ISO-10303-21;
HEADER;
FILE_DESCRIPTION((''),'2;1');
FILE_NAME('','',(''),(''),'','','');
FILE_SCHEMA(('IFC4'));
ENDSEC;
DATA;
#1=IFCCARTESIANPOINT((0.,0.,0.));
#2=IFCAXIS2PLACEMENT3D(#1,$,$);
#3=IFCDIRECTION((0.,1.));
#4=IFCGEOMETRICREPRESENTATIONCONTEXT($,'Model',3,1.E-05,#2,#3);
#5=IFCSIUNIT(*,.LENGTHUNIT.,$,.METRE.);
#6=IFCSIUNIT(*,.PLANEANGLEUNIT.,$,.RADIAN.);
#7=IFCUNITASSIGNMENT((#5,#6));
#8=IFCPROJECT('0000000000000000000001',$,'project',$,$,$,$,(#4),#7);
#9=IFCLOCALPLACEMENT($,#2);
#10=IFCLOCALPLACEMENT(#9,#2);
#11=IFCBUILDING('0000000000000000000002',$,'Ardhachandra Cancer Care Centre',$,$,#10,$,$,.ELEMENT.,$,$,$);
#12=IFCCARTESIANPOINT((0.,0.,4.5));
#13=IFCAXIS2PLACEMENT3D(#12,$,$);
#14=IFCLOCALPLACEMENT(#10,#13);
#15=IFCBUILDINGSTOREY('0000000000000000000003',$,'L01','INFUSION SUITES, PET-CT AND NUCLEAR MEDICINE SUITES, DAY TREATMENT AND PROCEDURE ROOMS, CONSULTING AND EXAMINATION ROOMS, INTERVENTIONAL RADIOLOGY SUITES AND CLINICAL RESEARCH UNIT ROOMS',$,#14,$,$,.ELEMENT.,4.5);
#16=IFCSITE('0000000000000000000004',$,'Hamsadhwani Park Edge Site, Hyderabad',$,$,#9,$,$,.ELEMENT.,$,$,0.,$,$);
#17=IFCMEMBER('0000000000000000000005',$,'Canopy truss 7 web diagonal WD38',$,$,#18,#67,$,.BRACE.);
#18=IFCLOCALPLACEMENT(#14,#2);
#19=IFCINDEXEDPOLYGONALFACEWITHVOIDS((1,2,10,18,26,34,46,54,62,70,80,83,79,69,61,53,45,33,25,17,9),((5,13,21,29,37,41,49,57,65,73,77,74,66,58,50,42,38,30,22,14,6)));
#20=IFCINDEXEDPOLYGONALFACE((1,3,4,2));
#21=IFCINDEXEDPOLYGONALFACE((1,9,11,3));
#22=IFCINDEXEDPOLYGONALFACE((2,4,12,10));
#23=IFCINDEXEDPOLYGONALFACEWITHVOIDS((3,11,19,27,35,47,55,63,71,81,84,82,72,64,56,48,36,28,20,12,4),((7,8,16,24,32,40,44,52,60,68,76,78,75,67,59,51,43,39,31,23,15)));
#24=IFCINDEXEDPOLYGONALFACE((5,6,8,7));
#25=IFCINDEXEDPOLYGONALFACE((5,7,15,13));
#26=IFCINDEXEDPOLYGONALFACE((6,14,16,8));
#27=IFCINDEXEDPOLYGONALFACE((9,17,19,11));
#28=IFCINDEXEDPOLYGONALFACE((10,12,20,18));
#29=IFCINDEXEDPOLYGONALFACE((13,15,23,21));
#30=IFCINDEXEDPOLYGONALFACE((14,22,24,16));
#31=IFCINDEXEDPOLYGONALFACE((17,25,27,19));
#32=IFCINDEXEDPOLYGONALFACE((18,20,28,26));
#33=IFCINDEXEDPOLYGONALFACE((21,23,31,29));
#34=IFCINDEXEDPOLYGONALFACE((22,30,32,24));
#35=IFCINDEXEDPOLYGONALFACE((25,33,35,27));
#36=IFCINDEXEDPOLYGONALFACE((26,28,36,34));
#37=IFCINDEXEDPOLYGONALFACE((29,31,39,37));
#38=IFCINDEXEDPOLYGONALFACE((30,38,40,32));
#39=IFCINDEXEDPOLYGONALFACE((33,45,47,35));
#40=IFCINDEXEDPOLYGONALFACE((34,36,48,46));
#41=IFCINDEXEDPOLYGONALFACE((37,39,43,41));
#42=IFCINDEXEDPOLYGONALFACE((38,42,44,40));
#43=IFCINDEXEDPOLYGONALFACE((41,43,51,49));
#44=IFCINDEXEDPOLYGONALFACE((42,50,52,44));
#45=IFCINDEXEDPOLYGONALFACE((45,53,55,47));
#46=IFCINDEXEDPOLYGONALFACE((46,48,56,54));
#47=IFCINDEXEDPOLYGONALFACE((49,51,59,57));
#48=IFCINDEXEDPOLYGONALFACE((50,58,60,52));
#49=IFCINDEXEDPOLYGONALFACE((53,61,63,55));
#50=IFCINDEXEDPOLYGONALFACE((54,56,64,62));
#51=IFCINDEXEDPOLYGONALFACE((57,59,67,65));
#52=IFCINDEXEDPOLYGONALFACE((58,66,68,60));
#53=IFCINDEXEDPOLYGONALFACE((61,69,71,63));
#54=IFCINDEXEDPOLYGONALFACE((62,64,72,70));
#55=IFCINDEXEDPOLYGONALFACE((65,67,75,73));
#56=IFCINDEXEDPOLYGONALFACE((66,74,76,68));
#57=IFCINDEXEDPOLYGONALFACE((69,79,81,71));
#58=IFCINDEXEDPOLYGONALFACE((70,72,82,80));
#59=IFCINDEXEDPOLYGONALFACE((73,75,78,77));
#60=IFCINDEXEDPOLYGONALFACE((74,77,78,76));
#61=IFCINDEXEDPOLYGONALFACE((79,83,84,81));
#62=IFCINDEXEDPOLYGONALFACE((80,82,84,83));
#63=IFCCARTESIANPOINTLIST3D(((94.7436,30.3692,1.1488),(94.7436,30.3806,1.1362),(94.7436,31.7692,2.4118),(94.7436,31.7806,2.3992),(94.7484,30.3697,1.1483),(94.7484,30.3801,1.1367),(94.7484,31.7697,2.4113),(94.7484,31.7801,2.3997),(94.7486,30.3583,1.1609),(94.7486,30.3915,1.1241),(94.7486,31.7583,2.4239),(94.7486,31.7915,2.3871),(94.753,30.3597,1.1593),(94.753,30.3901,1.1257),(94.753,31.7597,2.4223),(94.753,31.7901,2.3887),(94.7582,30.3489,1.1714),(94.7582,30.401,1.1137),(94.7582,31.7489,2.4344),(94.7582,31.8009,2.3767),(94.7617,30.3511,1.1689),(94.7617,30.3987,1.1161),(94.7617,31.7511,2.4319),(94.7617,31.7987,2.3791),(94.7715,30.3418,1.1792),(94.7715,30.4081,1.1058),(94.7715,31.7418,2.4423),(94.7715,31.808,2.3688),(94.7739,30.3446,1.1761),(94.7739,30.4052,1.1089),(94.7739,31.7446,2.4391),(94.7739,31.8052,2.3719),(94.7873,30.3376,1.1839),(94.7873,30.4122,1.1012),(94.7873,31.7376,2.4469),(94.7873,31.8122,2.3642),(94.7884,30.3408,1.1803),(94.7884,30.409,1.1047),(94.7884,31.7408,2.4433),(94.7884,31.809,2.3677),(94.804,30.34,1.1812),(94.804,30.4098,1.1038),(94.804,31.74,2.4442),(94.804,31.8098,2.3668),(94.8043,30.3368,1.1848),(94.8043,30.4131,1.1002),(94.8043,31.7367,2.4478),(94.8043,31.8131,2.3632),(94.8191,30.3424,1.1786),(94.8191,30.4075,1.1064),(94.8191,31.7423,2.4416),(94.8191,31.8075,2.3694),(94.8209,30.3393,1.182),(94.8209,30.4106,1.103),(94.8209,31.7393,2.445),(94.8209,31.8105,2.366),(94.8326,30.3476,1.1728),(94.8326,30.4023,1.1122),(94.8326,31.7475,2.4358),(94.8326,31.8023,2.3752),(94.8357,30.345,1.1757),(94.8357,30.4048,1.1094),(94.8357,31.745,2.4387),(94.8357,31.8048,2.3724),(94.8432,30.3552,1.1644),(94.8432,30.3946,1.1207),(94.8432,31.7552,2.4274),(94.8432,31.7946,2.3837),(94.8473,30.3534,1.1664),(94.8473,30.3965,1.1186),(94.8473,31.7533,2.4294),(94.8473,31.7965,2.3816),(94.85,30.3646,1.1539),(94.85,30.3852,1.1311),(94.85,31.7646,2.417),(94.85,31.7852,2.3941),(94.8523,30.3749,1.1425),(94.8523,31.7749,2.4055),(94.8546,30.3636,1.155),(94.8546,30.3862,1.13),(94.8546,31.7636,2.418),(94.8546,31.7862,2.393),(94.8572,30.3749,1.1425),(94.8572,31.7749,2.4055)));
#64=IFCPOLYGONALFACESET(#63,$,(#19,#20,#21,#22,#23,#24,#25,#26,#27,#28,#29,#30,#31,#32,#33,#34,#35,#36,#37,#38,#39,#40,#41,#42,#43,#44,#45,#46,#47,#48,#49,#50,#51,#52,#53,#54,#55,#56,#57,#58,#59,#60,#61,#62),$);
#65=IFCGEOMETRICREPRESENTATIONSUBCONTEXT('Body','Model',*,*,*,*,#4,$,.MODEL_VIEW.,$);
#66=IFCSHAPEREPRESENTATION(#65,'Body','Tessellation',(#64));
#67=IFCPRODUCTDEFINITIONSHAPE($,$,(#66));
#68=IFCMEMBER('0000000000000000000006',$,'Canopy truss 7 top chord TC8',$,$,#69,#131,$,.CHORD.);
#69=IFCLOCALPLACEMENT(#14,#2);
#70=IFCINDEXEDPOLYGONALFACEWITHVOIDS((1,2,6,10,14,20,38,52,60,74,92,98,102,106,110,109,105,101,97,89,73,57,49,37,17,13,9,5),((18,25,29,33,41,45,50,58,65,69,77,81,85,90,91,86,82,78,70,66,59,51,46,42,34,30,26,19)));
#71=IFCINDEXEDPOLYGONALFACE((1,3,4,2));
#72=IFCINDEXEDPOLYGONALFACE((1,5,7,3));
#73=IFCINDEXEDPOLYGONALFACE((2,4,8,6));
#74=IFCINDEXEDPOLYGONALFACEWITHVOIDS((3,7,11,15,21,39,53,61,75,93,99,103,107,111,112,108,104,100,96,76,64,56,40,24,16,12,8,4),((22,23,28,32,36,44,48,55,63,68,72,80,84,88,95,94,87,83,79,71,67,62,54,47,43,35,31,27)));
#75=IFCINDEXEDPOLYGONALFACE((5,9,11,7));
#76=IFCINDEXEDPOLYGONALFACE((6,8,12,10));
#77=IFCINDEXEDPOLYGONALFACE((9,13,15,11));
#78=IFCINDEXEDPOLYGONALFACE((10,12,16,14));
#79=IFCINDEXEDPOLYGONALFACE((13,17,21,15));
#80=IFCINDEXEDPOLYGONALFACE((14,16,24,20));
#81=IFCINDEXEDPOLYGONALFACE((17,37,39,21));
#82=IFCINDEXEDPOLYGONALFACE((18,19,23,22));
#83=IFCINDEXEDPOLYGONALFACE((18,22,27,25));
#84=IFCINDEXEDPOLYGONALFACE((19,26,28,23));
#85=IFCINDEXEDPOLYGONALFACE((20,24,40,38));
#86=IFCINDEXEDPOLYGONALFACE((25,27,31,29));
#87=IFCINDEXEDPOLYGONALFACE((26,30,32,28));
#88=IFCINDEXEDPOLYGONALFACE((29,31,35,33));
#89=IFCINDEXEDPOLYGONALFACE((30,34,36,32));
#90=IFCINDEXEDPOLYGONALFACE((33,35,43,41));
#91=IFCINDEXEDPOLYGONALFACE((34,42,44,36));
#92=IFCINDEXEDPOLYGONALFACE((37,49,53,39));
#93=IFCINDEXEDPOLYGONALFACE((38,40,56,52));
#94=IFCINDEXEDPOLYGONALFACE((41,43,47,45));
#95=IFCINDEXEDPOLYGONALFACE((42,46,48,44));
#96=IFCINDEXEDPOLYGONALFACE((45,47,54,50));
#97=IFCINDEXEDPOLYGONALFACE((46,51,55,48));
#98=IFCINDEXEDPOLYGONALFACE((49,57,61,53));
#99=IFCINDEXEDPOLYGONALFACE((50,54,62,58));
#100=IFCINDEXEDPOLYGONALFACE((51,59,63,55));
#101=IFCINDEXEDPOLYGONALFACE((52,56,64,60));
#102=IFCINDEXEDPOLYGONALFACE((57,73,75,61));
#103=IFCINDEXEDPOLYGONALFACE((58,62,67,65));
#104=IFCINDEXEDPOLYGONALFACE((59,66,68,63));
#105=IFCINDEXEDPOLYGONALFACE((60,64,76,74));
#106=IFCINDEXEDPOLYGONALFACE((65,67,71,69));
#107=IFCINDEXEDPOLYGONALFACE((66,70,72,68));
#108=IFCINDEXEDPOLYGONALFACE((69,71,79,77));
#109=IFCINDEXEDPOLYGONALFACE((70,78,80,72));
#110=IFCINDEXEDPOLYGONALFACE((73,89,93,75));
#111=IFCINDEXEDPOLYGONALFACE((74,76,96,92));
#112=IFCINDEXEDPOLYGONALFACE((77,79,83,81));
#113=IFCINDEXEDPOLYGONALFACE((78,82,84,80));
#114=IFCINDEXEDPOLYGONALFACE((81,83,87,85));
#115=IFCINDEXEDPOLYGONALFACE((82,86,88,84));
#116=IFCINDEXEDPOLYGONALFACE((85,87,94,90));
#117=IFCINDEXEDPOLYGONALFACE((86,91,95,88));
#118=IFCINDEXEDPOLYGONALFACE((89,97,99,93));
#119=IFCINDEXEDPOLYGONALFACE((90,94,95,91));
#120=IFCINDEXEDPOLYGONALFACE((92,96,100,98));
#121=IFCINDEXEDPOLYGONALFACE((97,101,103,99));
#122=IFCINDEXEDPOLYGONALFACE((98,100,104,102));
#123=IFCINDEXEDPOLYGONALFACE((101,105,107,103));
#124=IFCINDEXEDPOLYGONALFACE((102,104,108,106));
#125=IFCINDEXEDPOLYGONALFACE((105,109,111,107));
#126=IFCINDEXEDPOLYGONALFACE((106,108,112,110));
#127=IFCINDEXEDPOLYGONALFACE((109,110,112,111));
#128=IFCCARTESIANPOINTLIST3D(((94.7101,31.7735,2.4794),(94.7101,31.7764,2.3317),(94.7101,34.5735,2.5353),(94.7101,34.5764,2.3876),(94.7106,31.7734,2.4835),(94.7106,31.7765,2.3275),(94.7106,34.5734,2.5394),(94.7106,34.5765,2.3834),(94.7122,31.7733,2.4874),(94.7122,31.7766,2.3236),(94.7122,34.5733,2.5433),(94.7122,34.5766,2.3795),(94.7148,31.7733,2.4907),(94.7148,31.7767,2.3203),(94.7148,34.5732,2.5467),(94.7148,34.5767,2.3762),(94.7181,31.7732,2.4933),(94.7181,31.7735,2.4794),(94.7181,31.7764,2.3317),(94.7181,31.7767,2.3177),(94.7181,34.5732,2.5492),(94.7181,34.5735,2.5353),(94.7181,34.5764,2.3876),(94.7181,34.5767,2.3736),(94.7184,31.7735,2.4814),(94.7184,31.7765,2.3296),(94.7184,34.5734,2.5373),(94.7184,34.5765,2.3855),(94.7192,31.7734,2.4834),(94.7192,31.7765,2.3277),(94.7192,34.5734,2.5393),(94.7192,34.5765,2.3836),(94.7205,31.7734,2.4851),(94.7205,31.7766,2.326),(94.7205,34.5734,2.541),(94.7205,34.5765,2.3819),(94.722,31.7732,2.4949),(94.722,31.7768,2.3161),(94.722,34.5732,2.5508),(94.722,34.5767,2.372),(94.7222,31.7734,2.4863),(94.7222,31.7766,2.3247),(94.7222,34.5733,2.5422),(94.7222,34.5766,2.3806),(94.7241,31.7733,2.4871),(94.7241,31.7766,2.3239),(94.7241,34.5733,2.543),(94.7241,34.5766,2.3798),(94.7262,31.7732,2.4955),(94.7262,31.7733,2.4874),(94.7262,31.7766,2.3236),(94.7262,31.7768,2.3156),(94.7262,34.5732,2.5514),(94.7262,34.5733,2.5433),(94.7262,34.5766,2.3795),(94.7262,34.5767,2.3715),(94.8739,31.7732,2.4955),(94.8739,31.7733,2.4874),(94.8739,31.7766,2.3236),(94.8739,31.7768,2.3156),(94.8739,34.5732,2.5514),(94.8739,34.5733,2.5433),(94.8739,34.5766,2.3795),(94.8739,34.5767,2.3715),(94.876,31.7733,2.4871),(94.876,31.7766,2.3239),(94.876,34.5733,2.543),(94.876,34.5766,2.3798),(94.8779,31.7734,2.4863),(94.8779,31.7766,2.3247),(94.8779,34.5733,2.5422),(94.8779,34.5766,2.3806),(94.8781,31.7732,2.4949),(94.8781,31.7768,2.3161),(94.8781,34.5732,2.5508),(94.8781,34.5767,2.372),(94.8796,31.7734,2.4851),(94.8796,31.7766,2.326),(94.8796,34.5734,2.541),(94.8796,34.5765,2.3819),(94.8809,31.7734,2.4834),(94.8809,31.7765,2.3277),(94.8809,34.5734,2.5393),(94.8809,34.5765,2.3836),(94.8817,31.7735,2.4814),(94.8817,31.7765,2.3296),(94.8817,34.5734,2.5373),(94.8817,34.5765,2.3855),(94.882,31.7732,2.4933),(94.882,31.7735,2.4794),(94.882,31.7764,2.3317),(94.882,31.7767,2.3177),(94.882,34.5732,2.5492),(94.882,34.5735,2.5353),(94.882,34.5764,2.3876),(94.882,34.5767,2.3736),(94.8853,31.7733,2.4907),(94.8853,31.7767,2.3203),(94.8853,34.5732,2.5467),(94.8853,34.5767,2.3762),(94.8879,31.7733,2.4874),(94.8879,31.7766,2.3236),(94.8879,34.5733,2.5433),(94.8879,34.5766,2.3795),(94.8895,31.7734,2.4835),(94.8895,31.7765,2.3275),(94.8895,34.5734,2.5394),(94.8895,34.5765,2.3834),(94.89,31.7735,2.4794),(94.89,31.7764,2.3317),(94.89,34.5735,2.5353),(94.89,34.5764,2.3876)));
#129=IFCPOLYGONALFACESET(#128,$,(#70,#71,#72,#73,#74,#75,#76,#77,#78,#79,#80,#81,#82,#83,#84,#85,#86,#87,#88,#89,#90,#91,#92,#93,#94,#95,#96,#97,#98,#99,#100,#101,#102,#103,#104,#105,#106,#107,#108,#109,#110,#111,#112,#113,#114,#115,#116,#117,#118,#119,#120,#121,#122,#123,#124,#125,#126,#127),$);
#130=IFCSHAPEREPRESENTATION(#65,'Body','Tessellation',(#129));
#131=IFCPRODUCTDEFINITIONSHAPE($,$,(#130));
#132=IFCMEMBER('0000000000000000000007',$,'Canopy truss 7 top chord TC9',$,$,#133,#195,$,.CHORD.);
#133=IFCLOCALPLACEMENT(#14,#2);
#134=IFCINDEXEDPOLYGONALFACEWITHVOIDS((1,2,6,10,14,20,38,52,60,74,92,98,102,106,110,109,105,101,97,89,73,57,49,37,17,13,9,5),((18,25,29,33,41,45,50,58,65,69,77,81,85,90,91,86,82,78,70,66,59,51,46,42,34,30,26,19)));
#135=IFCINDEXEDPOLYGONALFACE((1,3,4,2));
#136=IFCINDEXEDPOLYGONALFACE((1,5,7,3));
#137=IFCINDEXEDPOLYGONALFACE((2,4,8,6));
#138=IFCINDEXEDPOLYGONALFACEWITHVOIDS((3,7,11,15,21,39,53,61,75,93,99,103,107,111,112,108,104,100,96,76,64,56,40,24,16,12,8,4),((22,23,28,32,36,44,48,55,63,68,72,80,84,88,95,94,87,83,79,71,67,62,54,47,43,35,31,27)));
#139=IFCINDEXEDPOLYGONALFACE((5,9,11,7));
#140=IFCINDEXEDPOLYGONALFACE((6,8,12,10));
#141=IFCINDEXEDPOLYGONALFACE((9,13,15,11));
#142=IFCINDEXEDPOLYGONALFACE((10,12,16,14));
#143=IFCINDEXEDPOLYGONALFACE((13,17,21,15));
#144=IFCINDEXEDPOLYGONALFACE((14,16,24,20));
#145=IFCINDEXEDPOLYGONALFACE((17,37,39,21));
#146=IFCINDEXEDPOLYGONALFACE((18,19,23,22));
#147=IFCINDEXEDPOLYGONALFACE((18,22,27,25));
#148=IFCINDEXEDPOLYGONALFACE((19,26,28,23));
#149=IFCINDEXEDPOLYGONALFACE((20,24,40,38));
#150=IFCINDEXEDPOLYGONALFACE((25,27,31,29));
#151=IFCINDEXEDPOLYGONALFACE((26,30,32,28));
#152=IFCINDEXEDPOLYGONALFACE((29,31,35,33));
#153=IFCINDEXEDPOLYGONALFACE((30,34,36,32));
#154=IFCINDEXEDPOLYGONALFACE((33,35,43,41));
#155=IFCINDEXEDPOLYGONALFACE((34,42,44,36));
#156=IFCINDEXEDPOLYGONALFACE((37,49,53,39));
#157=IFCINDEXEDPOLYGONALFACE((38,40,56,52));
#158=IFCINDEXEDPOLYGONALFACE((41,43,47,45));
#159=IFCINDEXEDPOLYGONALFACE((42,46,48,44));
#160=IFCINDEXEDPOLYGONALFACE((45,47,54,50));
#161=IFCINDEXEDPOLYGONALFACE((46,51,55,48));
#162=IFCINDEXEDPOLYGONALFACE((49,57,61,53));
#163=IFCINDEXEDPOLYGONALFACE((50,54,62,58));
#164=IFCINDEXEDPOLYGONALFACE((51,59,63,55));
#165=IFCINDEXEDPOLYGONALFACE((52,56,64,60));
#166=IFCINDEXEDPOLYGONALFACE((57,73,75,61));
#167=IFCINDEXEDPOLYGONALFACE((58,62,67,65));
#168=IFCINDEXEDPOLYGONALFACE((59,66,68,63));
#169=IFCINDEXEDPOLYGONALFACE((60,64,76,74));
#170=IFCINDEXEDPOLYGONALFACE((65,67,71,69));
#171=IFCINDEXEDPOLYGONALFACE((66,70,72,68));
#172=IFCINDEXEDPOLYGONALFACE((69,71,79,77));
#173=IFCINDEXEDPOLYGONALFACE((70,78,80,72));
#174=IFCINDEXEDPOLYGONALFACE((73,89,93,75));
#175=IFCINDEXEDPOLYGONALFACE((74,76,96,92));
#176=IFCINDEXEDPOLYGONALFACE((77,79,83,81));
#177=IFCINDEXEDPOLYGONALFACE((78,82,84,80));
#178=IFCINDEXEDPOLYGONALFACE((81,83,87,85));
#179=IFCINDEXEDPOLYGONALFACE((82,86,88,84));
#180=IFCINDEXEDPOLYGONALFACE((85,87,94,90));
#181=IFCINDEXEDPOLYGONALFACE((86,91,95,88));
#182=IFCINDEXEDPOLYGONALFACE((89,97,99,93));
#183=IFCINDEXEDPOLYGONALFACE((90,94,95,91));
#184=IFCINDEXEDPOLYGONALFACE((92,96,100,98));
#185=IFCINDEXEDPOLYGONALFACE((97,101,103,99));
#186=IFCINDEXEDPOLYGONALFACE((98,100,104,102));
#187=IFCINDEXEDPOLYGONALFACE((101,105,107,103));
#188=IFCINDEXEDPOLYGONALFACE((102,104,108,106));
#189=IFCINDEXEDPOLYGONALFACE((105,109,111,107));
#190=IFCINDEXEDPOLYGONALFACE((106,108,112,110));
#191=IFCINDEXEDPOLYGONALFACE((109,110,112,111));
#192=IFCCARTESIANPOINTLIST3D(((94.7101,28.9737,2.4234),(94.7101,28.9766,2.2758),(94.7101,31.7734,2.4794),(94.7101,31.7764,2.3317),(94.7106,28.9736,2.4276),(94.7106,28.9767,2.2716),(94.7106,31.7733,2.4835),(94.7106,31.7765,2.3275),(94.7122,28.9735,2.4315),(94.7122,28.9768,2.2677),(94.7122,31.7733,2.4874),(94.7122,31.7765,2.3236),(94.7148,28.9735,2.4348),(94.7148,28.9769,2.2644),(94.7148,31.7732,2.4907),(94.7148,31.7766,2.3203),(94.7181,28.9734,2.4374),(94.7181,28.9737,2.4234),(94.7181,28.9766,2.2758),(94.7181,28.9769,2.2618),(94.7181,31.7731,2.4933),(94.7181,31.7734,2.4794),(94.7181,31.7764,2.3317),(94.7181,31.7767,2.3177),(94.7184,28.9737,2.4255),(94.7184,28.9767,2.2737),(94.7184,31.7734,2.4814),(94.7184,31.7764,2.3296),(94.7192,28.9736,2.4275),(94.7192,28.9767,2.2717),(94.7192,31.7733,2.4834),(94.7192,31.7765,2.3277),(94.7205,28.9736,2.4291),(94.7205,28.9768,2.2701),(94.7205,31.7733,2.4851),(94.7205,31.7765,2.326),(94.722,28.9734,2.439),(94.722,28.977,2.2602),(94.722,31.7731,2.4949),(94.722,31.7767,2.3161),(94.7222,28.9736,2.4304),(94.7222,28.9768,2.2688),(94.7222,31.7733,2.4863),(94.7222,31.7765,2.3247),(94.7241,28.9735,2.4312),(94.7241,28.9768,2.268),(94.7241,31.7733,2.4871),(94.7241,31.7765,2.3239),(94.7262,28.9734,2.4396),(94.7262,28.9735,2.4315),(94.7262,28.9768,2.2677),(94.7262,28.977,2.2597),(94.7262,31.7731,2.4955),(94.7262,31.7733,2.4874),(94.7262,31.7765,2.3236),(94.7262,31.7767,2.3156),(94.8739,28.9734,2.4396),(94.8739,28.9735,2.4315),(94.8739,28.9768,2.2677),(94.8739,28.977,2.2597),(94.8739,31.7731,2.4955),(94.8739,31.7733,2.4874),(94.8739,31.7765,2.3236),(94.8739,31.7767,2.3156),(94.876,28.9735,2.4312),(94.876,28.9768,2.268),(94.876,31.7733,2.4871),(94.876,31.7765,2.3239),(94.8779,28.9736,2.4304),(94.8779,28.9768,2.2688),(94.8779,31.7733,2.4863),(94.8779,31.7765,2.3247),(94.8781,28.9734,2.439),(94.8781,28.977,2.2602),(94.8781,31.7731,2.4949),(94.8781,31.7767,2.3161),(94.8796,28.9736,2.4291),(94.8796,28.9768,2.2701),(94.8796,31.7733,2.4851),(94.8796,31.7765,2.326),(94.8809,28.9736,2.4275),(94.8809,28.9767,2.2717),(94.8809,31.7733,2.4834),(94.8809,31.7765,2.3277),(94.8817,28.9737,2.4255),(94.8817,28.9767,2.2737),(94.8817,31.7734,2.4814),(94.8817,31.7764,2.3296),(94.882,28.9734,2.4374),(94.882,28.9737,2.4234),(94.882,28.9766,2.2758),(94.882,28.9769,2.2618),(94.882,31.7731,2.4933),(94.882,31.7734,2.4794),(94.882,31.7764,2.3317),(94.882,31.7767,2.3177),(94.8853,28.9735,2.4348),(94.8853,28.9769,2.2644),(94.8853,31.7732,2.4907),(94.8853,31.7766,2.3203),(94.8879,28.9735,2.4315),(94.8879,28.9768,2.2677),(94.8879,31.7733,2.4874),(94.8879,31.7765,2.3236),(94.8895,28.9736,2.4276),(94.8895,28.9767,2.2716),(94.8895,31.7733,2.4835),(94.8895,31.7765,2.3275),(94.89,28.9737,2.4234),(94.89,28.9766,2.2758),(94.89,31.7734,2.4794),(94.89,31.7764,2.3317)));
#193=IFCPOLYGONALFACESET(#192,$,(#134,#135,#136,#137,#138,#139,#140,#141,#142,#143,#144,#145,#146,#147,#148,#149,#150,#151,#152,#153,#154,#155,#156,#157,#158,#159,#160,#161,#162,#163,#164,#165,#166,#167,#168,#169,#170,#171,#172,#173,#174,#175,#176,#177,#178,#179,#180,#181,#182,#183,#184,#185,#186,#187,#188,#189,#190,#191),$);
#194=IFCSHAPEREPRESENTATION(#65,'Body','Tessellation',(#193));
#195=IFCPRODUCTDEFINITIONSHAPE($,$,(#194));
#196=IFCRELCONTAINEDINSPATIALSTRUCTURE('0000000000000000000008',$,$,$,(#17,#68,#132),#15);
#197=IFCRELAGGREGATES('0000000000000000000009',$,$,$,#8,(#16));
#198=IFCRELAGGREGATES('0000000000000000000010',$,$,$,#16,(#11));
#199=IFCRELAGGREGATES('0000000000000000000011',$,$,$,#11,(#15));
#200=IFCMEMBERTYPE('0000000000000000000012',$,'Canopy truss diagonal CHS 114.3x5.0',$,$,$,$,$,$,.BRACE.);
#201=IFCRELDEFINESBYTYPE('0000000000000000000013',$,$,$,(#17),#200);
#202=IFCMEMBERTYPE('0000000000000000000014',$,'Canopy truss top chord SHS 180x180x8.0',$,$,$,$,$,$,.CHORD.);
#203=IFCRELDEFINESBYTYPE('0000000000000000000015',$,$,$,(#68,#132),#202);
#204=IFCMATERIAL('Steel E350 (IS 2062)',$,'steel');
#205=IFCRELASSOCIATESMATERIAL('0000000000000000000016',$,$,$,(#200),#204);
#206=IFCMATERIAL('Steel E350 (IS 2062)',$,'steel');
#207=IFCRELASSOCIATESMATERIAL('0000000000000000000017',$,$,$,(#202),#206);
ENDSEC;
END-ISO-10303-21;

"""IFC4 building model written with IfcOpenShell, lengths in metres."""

from ifc_helpers import new_model, si_unit, direction, frame, origin, origin_2d, place, context, subcontext, project, spatial, hollow_rectangle, hollow_circle, extrude, material, material_profile, profile_set, type_object, element, save


model = new_model("IFC4")

# Units and contexts
model_context = context("Model", 3, precision=1e-05, world=origin(), true_north=direction((0.0, 1.0)))
body_context = subcontext(model_context, "Body", "Model", "MODEL_VIEW")
ifc_project = project(units=[si_unit("LENGTHUNIT", "METRE"), si_unit("PLANEANGLEUNIT", "RADIAN")], contexts=[model_context])

# Site, building, storey
site_placement = place(None, origin())
site = spatial("IfcSite", under=ifc_project, at=site_placement, Name="Hamsadhwani Park Edge Site, Hyderabad", CompositionType="ELEMENT", RefElevation=0.0)
building_placement = place(site_placement, origin())
building = spatial("IfcBuilding", under=site, at=building_placement, Name="Ardhachandra Cancer Care Centre", CompositionType="ELEMENT")
storey_placement = place(building_placement, frame((0.0, 0.0, 4.5)))
storey = spatial("IfcBuildingStorey", under=building, at=storey_placement, Name="L01", Description="INFUSION SUITES, PET-CT AND NUCLEAR MEDICINE SUITES, DAY TREATMENT AND PROCEDURE ROOMS, CONSULTING AND EXAMINATION ROOMS, INTERVENTIONAL RADIOLOGY SUITES AND CLINICAL RESEARCH UNIT ROOMS", CompositionType="ELEMENT", Elevation=4.5)

# Members
ifc_material_1 = material(Name="Steel E350 (IS 2062)", Category="steel")
ifc_material_profile_1 = material_profile(ifc_material_1, hollow_circle(Radius=0.0571, WallThickness=0.0049, at=origin_2d()), Name="CHS 114.3x5.0")
ifc_profile_set_1 = profile_set([ifc_material_profile_1], Name="Steel E350 (IS 2062)")
member_type_1 = type_object("IfcMemberType", Name="Canopy truss diagonal CHS 114.3x5.0", PredefinedType="BRACE", material=ifc_profile_set_1)
member_1_placement = place(storey_placement, frame((94.8, 31.7749, 2.4055), z_axis=(0.0, -0.742495, -0.669851), x_axis=(1.0, 0.0, 0.0)))
element("IfcMember", 1, at=member_1_placement, inside=storey, type_object=member_type_1, Name="Canopy truss 7 web diagonal WD38", PredefinedType="BRACE", context=body_context, shape_type="SweptSolid", body=[
    extrude(hollow_circle(Radius=0.0571, WallThickness=0.0049, at=origin_2d()), origin(), (0.0, 0.0, 1.0), 1.8855),
])
ifc_material_2 = material(Name="Steel E350 (IS 2062)", Category="steel")
ifc_material_profile_2 = material_profile(ifc_material_2, hollow_rectangle(XDim=0.1799, YDim=0.1799, WallThickness=0.0081, InnerFilletRadius=0.0081, OuterFilletRadius=0.0161, at=origin_2d()), Name="SHS 180x180x8.0")
ifc_profile_set_2 = profile_set([ifc_material_profile_2], Name="Steel E350 (IS 2062)")
member_type_2 = type_object("IfcMemberType", Name="Canopy truss top chord SHS 180x180x8.0", PredefinedType="CHORD", material=ifc_profile_set_2)
member_2_placement = place(storey_placement, frame((94.8, 34.575, 2.4614), z_axis=(0.0, -0.999801, -0.019963), x_axis=(1.0, 0.0, 0.0)))
element("IfcMember", 2, at=member_2_placement, inside=storey, type_object=member_type_2, Name="Canopy truss 7 top chord TC8", PredefinedType="CHORD", context=body_context, shape_type="SweptSolid", body=[
    extrude(hollow_rectangle(XDim=0.1799, YDim=0.1799, WallThickness=0.0081, InnerFilletRadius=0.0081, OuterFilletRadius=0.0161, at=origin_2d()), origin(), (0.0, 0.0, 1.0), 2.8005),
])
member_3_placement = place(storey_placement, frame((94.8, 31.7749, 2.4055), z_axis=(0.0, -0.999801, -0.019965), x_axis=(1.0, 0.0, 0.0)))
element("IfcMember", 3, at=member_3_placement, inside=storey, type_object=member_type_2, Name="Canopy truss 7 top chord TC9", PredefinedType="CHORD", context=body_context, shape_type="SweptSolid", body=[
    extrude(hollow_rectangle(XDim=0.1799, YDim=0.1799, WallThickness=0.0081, InnerFilletRadius=0.0081, OuterFilletRadius=0.0161, at=origin_2d()), origin(), (0.0, 0.0, 1.0), 2.8003),
])

save(model, "model.ifc")
